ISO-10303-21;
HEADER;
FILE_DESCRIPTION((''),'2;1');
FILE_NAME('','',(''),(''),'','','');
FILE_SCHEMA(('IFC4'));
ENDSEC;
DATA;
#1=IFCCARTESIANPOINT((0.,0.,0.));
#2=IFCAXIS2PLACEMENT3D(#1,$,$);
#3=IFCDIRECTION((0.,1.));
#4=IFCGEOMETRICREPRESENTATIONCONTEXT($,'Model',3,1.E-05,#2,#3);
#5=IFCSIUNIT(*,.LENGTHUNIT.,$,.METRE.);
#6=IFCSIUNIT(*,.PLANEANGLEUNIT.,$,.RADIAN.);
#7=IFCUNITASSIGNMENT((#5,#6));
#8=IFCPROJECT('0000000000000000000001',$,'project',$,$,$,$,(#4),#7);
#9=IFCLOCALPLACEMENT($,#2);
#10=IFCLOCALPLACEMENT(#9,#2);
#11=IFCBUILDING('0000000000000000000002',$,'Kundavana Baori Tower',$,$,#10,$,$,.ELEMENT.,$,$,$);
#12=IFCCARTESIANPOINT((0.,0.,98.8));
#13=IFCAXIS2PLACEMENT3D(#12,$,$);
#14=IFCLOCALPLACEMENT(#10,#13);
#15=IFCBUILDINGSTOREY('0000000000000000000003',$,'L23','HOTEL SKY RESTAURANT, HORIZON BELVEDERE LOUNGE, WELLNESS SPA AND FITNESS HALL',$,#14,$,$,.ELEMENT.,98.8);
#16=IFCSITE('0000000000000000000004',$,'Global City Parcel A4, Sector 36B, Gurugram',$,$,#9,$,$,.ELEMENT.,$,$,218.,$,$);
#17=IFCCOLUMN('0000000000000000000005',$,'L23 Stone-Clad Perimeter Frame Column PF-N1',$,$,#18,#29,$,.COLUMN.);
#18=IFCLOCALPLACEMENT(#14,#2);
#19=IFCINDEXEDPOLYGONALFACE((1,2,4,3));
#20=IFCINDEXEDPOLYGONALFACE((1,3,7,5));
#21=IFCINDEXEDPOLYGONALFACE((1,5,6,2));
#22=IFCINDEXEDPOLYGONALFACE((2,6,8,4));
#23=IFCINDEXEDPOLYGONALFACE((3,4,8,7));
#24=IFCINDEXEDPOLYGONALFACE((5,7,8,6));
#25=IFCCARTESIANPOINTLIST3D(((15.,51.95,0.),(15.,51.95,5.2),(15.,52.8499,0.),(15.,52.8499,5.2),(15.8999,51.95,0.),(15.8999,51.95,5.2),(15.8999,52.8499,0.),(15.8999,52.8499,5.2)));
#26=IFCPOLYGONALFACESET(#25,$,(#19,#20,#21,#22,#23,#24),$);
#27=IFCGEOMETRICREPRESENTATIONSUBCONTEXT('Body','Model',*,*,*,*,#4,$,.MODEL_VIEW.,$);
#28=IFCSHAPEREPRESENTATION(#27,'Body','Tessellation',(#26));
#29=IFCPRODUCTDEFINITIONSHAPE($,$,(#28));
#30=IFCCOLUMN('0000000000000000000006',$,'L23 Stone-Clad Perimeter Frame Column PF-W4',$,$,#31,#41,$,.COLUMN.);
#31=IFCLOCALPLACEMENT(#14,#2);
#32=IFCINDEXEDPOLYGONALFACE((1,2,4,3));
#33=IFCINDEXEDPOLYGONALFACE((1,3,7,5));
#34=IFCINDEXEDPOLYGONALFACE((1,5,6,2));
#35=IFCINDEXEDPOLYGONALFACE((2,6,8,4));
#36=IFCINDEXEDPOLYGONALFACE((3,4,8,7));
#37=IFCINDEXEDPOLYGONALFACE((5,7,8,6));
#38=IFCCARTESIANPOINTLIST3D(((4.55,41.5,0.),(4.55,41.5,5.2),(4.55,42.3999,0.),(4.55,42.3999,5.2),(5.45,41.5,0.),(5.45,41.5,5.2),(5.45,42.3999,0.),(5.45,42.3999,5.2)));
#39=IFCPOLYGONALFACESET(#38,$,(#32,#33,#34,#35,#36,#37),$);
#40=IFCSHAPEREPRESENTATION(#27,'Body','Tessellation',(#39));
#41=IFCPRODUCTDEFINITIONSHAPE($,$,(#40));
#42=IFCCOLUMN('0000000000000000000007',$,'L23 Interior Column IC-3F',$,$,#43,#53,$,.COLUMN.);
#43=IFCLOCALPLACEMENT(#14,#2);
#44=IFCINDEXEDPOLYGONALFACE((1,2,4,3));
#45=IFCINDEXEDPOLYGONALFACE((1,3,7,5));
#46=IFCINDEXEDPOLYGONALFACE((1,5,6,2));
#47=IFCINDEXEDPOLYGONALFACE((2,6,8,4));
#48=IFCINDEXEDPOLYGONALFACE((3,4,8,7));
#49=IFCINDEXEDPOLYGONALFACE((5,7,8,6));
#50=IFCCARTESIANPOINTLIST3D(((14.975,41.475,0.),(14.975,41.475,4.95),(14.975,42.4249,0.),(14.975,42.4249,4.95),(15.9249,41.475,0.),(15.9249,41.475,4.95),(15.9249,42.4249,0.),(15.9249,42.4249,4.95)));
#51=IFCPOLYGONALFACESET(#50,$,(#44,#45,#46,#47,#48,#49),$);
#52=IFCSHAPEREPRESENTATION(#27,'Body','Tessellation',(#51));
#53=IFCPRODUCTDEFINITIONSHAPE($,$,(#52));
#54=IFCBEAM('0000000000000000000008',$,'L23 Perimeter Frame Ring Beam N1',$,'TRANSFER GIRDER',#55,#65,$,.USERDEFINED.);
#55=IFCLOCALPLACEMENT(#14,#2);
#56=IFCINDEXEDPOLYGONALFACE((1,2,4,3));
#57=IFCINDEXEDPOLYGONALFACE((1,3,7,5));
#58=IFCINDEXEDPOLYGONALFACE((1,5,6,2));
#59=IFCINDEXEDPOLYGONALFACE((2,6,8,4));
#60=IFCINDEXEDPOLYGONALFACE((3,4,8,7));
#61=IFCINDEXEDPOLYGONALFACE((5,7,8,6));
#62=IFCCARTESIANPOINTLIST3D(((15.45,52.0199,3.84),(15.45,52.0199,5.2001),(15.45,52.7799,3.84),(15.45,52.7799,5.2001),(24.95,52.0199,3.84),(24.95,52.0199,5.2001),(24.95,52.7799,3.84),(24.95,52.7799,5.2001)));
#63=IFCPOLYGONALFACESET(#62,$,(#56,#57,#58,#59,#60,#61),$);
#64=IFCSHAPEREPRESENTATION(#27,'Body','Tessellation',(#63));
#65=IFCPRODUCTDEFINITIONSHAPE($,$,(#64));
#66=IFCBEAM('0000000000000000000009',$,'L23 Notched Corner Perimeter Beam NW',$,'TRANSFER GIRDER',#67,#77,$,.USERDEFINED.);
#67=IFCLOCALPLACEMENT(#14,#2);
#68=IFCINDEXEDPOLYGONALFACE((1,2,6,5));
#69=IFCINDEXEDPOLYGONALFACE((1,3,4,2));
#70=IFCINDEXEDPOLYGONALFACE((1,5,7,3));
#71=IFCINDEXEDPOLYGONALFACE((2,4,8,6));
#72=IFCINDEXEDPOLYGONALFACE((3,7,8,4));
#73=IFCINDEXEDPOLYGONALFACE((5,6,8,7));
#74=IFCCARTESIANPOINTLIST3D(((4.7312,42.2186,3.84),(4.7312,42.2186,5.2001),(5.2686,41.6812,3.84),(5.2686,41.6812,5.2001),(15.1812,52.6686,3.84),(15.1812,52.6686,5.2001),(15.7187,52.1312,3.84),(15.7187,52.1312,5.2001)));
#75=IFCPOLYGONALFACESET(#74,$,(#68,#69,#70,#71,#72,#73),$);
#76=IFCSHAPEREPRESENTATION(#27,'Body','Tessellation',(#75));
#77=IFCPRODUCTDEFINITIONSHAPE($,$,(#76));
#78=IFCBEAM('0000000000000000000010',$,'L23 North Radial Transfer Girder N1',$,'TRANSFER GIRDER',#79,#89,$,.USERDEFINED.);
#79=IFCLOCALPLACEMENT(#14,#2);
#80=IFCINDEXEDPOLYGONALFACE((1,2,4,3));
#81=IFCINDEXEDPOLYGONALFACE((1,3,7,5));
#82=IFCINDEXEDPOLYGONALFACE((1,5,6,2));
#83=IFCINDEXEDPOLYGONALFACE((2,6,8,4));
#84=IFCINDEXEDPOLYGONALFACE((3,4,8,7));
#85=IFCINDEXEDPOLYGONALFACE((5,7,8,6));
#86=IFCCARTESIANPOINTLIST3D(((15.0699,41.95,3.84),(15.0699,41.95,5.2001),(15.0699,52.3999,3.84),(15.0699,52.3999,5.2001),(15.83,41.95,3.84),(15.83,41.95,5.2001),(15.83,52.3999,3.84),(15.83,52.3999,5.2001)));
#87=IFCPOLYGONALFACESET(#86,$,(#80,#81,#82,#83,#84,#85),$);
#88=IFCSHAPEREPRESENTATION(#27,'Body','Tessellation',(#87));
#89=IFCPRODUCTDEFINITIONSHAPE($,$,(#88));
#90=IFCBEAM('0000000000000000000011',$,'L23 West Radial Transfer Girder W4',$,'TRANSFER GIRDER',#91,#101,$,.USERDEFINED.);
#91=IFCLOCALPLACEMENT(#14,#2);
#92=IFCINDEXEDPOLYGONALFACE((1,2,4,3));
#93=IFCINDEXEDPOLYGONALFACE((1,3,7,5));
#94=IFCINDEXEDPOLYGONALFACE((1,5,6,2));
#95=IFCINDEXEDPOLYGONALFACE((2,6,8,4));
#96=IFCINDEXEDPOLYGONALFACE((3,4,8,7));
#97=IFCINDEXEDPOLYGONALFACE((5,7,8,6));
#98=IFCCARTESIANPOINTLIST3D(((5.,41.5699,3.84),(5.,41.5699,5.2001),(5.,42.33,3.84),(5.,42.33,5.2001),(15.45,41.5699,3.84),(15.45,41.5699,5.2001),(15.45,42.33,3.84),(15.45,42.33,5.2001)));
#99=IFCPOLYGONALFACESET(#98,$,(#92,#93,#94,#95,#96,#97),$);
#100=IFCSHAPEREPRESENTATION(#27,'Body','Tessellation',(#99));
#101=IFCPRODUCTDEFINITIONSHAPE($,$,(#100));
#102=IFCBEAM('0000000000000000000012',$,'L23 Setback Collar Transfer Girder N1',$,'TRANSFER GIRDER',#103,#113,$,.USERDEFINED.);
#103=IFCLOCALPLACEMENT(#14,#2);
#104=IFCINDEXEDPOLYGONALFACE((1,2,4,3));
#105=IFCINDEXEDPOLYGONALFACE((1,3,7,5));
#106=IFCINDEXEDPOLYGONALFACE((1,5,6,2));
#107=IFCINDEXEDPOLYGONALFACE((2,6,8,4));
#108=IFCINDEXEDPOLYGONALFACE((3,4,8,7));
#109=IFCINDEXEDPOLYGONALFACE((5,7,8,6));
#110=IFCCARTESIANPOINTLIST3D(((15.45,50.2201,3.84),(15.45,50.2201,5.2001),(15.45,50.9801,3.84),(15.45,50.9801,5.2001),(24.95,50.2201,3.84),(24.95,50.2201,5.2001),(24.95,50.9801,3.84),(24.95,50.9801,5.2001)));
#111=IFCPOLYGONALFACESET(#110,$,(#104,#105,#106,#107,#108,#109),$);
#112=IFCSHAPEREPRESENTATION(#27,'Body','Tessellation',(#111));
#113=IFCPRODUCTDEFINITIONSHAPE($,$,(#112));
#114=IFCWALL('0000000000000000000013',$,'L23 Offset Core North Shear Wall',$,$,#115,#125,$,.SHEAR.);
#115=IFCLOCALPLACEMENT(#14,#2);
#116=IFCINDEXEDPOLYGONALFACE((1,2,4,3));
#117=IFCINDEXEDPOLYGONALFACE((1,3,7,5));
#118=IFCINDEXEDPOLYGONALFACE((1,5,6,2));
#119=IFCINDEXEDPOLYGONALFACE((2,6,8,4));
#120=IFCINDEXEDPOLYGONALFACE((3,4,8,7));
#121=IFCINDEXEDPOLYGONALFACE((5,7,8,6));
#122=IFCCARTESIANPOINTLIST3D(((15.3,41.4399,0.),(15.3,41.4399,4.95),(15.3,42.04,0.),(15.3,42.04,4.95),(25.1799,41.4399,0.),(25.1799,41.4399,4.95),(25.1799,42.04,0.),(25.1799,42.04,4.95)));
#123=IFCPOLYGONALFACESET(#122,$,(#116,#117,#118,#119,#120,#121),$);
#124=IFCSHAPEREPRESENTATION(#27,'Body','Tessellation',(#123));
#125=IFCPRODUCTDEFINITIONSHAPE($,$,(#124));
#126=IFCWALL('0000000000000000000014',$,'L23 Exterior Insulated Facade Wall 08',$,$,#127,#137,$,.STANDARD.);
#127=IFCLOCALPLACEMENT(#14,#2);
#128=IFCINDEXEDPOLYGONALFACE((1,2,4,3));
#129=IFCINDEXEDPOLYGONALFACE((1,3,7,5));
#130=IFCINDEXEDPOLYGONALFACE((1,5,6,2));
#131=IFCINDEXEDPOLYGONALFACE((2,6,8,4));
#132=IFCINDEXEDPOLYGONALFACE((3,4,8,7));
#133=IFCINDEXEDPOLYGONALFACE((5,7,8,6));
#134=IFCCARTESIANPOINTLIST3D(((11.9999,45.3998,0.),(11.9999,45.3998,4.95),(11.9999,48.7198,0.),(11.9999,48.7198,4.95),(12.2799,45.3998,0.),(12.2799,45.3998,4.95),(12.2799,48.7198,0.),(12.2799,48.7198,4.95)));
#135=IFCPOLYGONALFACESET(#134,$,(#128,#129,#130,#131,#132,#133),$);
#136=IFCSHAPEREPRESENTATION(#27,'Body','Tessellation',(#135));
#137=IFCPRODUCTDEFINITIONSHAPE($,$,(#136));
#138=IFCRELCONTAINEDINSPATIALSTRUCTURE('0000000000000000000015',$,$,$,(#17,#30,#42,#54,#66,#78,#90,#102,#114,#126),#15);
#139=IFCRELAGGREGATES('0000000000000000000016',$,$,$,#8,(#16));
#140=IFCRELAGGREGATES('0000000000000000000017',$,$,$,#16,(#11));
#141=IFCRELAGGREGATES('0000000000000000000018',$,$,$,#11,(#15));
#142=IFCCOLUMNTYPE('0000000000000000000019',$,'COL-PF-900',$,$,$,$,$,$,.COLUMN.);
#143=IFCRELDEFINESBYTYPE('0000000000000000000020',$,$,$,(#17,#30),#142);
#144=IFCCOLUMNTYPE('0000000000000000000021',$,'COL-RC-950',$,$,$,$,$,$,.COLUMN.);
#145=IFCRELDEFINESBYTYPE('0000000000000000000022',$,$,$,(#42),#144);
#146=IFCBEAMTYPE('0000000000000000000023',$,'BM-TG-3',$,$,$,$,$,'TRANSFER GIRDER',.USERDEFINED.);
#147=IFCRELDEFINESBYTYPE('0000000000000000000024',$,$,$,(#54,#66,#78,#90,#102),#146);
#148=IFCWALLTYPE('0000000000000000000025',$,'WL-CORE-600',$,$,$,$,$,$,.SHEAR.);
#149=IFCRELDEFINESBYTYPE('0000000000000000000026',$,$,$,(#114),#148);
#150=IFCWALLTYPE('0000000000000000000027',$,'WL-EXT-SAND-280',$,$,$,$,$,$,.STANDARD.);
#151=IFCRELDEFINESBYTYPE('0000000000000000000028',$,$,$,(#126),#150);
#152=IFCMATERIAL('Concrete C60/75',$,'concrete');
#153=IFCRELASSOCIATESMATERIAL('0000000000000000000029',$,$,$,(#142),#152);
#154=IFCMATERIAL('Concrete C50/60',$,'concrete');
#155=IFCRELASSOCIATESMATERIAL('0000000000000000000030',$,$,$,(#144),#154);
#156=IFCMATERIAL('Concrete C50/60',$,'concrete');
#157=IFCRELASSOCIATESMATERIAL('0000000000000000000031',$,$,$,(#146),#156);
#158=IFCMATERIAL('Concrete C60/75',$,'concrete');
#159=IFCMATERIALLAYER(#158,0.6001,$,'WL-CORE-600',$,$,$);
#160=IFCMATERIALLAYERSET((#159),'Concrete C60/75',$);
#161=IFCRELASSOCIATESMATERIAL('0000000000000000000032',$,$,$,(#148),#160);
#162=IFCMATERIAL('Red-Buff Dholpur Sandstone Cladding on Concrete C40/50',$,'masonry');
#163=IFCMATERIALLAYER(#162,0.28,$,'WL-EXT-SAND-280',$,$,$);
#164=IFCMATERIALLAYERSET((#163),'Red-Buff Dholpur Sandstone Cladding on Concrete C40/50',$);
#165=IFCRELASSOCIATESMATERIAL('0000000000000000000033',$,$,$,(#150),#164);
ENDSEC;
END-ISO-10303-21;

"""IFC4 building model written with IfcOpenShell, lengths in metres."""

from ifc_helpers import new_model, si_unit, direction, frame, frame_2d, origin, origin_2d, place, context, subcontext, project, spatial, rectangle, extrude, material, layer, layer_set, material_profile, profile_set, type_object, element, save


model = new_model("IFC4")

# Units and contexts
model_context = context("Model", 3, precision=1e-05, world=origin(), true_north=direction((0.0, 1.0)))
body_context = subcontext(model_context, "Body", "Model", "MODEL_VIEW")
ifc_project = project(units=[si_unit("LENGTHUNIT", "METRE"), si_unit("PLANEANGLEUNIT", "RADIAN")], contexts=[model_context])

# Site, building, storey
site_placement = place(None, origin())
site = spatial("IfcSite", under=ifc_project, at=site_placement, Name="Global City Parcel A4, Sector 36B, Gurugram", CompositionType="ELEMENT", RefElevation=218.0)
building_placement = place(site_placement, origin())
building = spatial("IfcBuilding", under=site, at=building_placement, Name="Kundavana Baori Tower", CompositionType="ELEMENT")
storey_placement = place(building_placement, frame((0.0, 0.0, 98.8)))
storey = spatial("IfcBuildingStorey", under=building, at=storey_placement, Name="L23", Description="HOTEL SKY RESTAURANT, HORIZON BELVEDERE LOUNGE, WELLNESS SPA AND FITNESS HALL", CompositionType="ELEMENT", Elevation=98.8)

# Columns
ifc_material_1 = material(Name="Concrete C60/75", Category="concrete")
ifc_material_profile_1 = material_profile(ifc_material_1, rectangle(XDim=0.8999, YDim=0.8999, at=origin_2d()), Name="RC PF 900x900")
ifc_profile_set_1 = profile_set([ifc_material_profile_1], Name="Concrete C60/75")
column_type_1 = type_object("IfcColumnType", Name="COL-PF-900", PredefinedType="COLUMN", material=ifc_profile_set_1)
for number, where, z_axis, x_axis, name in (
    (1, (15.45, 52.3999, 0.0), (0.0, 0.0, 1.0), (1.0, 0.0, 0.0), "L23 Stone-Clad Perimeter Frame Column PF-N1"),
    (2, (5.0, 41.95, 0.0), (0.0, 0.0, 1.0), (1.0, 0.0, 0.0), "L23 Stone-Clad Perimeter Frame Column PF-W4"),
):
    element("IfcColumn", number, at=place(storey_placement, frame(where, z_axis=z_axis, x_axis=x_axis)), inside=storey, type_object=column_type_1, Name=name, PredefinedType="COLUMN", context=body_context, shape_type="SweptSolid", body=[
        extrude(rectangle(XDim=0.8999, YDim=0.8999, at=origin_2d()), origin(), (0.0, 0.0, 1.0), 5.2),
    ])
ifc_material_2 = material(Name="Concrete C50/60", Category="concrete")
ifc_material_profile_2 = material_profile(ifc_material_2, rectangle(XDim=0.95, YDim=0.95, at=origin_2d()), Name="RC 950x950")
ifc_profile_set_2 = profile_set([ifc_material_profile_2], Name="Concrete C50/60")
column_type_2 = type_object("IfcColumnType", Name="COL-RC-950", PredefinedType="COLUMN", material=ifc_profile_set_2)
column_placement = place(storey_placement, frame((15.45, 41.95, 0.0), z_axis=(0.0, 0.0, 1.0), x_axis=(1.0, 0.0, 0.0)))
element("IfcColumn", 3, at=column_placement, inside=storey, type_object=column_type_2, Name="L23 Interior Column IC-3F", PredefinedType="COLUMN", context=body_context, shape_type="SweptSolid", body=[
    extrude(rectangle(XDim=0.95, YDim=0.95, at=origin_2d()), origin(), (0.0, 0.0, 1.0), 4.95),
])

# Beams
ifc_material_3 = material(Name="Concrete C50/60", Category="concrete")
ifc_material_profile_3 = material_profile(ifc_material_3, rectangle(XDim=0.76, YDim=1.3601, at=origin_2d()), Name="BM-TG-3")
ifc_profile_set_3 = profile_set([ifc_material_profile_3], Name="Concrete C50/60")
beam_type = type_object("IfcBeamType", Name="BM-TG-3", ElementType="TRANSFER GIRDER", PredefinedType="USERDEFINED", material=ifc_profile_set_3)
beam_1_placement = place(storey_placement, frame((15.45, 52.3999, 4.52), z_axis=(1.0, 0.0, 0.0), x_axis=(0.0, 1.0, 0.0)))
element("IfcBeam", 4, at=beam_1_placement, inside=storey, type_object=beam_type, Name="L23 Perimeter Frame Ring Beam N1", ObjectType="TRANSFER GIRDER", PredefinedType="USERDEFINED", context=body_context, shape_type="SweptSolid", body=[
    extrude(rectangle(XDim=0.76, YDim=1.3601, at=origin_2d()), origin(), (0.0, 0.0, 1.0), 9.5),
])
beam_2_placement = place(storey_placement, frame((15.45, 52.3999, 4.52), z_axis=(-0.707107, -0.707107, 0.0), x_axis=(0.707107, -0.707107, 0.0)))
element("IfcBeam", 5, at=beam_2_placement, inside=storey, type_object=beam_type, Name="L23 Notched Corner Perimeter Beam NW", ObjectType="TRANSFER GIRDER", PredefinedType="USERDEFINED", context=body_context, shape_type="SweptSolid", body=[
    extrude(rectangle(XDim=0.76, YDim=1.3601, at=origin_2d()), origin(), (0.0, 0.0, 1.0), 14.7786),
])
for number, where, z_axis, x_axis, name in (
    (6, (15.45, 41.95, 4.52), (0.0, 1.0, 0.0), (-1.0, 0.0, 0.0), "L23 North Radial Transfer Girder N1"),
    (7, (15.45, 41.95, 4.52), (-1.0, 0.0, 0.0), (0.0, -1.0, 0.0), "L23 West Radial Transfer Girder W4"),
):
    element("IfcBeam", number, at=place(storey_placement, frame(where, z_axis=z_axis, x_axis=x_axis)), inside=storey, type_object=beam_type, Name=name, ObjectType="TRANSFER GIRDER", PredefinedType="USERDEFINED", context=body_context, shape_type="SweptSolid", body=[
        extrude(rectangle(XDim=0.76, YDim=1.3601, at=origin_2d()), origin(), (0.0, 0.0, 1.0), 10.45),
    ])
beam_3_placement = place(storey_placement, frame((15.45, 50.6001, 4.52), z_axis=(1.0, 0.0, 0.0), x_axis=(0.0, 1.0, 0.0)))
element("IfcBeam", 8, at=beam_3_placement, inside=storey, type_object=beam_type, Name="L23 Setback Collar Transfer Girder N1", ObjectType="TRANSFER GIRDER", PredefinedType="USERDEFINED", context=body_context, shape_type="SweptSolid", body=[
    extrude(rectangle(XDim=0.76, YDim=1.3601, at=origin_2d()), origin(), (0.0, 0.0, 1.0), 9.5),
])

# Walls
ifc_material_4 = material(Name="Concrete C60/75", Category="concrete")
ifc_layer_1 = layer(ifc_material_4, 0.6001, Name="WL-CORE-600")
ifc_layer_set_1 = layer_set([ifc_layer_1], Name="Concrete C60/75")
wall_type_1 = type_object("IfcWallType", Name="WL-CORE-600", PredefinedType="SHEAR", material=ifc_layer_set_1)
wall_1_placement = place(storey_placement, frame((15.3, 41.74, 0.0), z_axis=(0.0, 0.0, 1.0), x_axis=(1.0, 0.0, 0.0)))
element("IfcWall", 9, at=wall_1_placement, inside=storey, type_object=wall_type_1, Name="L23 Offset Core North Shear Wall", PredefinedType="SHEAR", context=body_context, shape_type="SweptSolid", body=[
    extrude(rectangle(XDim=9.8799, YDim=0.6001, at=frame_2d((4.9399, 0.0))), origin(), (0.0, 0.0, 1.0), 4.95),
])
ifc_material_5 = material(Name="Red-Buff Dholpur Sandstone Cladding on Concrete C40/50", Category="masonry")
ifc_layer_2 = layer(ifc_material_5, 0.28, Name="WL-EXT-SAND-280")
ifc_layer_set_2 = layer_set([ifc_layer_2], Name="Red-Buff Dholpur Sandstone Cladding on Concrete C40/50")
wall_type_2 = type_object("IfcWallType", Name="WL-EXT-SAND-280", PredefinedType="STANDARD", material=ifc_layer_set_2)
wall_2_placement = place(storey_placement, frame((12.1399, 48.72, 0.0), z_axis=(0.0, 0.0, 1.0), x_axis=(0.0, -1.0, 0.0)))
element("IfcWall", 10, at=wall_2_placement, inside=storey, type_object=wall_type_2, Name="L23 Exterior Insulated Facade Wall 08", PredefinedType="STANDARD", context=body_context, shape_type="SweptSolid", body=[
    extrude(rectangle(XDim=3.3201, YDim=0.28, at=frame_2d((1.6602, 0.0))), origin(), (0.0, 0.0, 1.0), 4.95),
])

save(model, "model.ifc")
